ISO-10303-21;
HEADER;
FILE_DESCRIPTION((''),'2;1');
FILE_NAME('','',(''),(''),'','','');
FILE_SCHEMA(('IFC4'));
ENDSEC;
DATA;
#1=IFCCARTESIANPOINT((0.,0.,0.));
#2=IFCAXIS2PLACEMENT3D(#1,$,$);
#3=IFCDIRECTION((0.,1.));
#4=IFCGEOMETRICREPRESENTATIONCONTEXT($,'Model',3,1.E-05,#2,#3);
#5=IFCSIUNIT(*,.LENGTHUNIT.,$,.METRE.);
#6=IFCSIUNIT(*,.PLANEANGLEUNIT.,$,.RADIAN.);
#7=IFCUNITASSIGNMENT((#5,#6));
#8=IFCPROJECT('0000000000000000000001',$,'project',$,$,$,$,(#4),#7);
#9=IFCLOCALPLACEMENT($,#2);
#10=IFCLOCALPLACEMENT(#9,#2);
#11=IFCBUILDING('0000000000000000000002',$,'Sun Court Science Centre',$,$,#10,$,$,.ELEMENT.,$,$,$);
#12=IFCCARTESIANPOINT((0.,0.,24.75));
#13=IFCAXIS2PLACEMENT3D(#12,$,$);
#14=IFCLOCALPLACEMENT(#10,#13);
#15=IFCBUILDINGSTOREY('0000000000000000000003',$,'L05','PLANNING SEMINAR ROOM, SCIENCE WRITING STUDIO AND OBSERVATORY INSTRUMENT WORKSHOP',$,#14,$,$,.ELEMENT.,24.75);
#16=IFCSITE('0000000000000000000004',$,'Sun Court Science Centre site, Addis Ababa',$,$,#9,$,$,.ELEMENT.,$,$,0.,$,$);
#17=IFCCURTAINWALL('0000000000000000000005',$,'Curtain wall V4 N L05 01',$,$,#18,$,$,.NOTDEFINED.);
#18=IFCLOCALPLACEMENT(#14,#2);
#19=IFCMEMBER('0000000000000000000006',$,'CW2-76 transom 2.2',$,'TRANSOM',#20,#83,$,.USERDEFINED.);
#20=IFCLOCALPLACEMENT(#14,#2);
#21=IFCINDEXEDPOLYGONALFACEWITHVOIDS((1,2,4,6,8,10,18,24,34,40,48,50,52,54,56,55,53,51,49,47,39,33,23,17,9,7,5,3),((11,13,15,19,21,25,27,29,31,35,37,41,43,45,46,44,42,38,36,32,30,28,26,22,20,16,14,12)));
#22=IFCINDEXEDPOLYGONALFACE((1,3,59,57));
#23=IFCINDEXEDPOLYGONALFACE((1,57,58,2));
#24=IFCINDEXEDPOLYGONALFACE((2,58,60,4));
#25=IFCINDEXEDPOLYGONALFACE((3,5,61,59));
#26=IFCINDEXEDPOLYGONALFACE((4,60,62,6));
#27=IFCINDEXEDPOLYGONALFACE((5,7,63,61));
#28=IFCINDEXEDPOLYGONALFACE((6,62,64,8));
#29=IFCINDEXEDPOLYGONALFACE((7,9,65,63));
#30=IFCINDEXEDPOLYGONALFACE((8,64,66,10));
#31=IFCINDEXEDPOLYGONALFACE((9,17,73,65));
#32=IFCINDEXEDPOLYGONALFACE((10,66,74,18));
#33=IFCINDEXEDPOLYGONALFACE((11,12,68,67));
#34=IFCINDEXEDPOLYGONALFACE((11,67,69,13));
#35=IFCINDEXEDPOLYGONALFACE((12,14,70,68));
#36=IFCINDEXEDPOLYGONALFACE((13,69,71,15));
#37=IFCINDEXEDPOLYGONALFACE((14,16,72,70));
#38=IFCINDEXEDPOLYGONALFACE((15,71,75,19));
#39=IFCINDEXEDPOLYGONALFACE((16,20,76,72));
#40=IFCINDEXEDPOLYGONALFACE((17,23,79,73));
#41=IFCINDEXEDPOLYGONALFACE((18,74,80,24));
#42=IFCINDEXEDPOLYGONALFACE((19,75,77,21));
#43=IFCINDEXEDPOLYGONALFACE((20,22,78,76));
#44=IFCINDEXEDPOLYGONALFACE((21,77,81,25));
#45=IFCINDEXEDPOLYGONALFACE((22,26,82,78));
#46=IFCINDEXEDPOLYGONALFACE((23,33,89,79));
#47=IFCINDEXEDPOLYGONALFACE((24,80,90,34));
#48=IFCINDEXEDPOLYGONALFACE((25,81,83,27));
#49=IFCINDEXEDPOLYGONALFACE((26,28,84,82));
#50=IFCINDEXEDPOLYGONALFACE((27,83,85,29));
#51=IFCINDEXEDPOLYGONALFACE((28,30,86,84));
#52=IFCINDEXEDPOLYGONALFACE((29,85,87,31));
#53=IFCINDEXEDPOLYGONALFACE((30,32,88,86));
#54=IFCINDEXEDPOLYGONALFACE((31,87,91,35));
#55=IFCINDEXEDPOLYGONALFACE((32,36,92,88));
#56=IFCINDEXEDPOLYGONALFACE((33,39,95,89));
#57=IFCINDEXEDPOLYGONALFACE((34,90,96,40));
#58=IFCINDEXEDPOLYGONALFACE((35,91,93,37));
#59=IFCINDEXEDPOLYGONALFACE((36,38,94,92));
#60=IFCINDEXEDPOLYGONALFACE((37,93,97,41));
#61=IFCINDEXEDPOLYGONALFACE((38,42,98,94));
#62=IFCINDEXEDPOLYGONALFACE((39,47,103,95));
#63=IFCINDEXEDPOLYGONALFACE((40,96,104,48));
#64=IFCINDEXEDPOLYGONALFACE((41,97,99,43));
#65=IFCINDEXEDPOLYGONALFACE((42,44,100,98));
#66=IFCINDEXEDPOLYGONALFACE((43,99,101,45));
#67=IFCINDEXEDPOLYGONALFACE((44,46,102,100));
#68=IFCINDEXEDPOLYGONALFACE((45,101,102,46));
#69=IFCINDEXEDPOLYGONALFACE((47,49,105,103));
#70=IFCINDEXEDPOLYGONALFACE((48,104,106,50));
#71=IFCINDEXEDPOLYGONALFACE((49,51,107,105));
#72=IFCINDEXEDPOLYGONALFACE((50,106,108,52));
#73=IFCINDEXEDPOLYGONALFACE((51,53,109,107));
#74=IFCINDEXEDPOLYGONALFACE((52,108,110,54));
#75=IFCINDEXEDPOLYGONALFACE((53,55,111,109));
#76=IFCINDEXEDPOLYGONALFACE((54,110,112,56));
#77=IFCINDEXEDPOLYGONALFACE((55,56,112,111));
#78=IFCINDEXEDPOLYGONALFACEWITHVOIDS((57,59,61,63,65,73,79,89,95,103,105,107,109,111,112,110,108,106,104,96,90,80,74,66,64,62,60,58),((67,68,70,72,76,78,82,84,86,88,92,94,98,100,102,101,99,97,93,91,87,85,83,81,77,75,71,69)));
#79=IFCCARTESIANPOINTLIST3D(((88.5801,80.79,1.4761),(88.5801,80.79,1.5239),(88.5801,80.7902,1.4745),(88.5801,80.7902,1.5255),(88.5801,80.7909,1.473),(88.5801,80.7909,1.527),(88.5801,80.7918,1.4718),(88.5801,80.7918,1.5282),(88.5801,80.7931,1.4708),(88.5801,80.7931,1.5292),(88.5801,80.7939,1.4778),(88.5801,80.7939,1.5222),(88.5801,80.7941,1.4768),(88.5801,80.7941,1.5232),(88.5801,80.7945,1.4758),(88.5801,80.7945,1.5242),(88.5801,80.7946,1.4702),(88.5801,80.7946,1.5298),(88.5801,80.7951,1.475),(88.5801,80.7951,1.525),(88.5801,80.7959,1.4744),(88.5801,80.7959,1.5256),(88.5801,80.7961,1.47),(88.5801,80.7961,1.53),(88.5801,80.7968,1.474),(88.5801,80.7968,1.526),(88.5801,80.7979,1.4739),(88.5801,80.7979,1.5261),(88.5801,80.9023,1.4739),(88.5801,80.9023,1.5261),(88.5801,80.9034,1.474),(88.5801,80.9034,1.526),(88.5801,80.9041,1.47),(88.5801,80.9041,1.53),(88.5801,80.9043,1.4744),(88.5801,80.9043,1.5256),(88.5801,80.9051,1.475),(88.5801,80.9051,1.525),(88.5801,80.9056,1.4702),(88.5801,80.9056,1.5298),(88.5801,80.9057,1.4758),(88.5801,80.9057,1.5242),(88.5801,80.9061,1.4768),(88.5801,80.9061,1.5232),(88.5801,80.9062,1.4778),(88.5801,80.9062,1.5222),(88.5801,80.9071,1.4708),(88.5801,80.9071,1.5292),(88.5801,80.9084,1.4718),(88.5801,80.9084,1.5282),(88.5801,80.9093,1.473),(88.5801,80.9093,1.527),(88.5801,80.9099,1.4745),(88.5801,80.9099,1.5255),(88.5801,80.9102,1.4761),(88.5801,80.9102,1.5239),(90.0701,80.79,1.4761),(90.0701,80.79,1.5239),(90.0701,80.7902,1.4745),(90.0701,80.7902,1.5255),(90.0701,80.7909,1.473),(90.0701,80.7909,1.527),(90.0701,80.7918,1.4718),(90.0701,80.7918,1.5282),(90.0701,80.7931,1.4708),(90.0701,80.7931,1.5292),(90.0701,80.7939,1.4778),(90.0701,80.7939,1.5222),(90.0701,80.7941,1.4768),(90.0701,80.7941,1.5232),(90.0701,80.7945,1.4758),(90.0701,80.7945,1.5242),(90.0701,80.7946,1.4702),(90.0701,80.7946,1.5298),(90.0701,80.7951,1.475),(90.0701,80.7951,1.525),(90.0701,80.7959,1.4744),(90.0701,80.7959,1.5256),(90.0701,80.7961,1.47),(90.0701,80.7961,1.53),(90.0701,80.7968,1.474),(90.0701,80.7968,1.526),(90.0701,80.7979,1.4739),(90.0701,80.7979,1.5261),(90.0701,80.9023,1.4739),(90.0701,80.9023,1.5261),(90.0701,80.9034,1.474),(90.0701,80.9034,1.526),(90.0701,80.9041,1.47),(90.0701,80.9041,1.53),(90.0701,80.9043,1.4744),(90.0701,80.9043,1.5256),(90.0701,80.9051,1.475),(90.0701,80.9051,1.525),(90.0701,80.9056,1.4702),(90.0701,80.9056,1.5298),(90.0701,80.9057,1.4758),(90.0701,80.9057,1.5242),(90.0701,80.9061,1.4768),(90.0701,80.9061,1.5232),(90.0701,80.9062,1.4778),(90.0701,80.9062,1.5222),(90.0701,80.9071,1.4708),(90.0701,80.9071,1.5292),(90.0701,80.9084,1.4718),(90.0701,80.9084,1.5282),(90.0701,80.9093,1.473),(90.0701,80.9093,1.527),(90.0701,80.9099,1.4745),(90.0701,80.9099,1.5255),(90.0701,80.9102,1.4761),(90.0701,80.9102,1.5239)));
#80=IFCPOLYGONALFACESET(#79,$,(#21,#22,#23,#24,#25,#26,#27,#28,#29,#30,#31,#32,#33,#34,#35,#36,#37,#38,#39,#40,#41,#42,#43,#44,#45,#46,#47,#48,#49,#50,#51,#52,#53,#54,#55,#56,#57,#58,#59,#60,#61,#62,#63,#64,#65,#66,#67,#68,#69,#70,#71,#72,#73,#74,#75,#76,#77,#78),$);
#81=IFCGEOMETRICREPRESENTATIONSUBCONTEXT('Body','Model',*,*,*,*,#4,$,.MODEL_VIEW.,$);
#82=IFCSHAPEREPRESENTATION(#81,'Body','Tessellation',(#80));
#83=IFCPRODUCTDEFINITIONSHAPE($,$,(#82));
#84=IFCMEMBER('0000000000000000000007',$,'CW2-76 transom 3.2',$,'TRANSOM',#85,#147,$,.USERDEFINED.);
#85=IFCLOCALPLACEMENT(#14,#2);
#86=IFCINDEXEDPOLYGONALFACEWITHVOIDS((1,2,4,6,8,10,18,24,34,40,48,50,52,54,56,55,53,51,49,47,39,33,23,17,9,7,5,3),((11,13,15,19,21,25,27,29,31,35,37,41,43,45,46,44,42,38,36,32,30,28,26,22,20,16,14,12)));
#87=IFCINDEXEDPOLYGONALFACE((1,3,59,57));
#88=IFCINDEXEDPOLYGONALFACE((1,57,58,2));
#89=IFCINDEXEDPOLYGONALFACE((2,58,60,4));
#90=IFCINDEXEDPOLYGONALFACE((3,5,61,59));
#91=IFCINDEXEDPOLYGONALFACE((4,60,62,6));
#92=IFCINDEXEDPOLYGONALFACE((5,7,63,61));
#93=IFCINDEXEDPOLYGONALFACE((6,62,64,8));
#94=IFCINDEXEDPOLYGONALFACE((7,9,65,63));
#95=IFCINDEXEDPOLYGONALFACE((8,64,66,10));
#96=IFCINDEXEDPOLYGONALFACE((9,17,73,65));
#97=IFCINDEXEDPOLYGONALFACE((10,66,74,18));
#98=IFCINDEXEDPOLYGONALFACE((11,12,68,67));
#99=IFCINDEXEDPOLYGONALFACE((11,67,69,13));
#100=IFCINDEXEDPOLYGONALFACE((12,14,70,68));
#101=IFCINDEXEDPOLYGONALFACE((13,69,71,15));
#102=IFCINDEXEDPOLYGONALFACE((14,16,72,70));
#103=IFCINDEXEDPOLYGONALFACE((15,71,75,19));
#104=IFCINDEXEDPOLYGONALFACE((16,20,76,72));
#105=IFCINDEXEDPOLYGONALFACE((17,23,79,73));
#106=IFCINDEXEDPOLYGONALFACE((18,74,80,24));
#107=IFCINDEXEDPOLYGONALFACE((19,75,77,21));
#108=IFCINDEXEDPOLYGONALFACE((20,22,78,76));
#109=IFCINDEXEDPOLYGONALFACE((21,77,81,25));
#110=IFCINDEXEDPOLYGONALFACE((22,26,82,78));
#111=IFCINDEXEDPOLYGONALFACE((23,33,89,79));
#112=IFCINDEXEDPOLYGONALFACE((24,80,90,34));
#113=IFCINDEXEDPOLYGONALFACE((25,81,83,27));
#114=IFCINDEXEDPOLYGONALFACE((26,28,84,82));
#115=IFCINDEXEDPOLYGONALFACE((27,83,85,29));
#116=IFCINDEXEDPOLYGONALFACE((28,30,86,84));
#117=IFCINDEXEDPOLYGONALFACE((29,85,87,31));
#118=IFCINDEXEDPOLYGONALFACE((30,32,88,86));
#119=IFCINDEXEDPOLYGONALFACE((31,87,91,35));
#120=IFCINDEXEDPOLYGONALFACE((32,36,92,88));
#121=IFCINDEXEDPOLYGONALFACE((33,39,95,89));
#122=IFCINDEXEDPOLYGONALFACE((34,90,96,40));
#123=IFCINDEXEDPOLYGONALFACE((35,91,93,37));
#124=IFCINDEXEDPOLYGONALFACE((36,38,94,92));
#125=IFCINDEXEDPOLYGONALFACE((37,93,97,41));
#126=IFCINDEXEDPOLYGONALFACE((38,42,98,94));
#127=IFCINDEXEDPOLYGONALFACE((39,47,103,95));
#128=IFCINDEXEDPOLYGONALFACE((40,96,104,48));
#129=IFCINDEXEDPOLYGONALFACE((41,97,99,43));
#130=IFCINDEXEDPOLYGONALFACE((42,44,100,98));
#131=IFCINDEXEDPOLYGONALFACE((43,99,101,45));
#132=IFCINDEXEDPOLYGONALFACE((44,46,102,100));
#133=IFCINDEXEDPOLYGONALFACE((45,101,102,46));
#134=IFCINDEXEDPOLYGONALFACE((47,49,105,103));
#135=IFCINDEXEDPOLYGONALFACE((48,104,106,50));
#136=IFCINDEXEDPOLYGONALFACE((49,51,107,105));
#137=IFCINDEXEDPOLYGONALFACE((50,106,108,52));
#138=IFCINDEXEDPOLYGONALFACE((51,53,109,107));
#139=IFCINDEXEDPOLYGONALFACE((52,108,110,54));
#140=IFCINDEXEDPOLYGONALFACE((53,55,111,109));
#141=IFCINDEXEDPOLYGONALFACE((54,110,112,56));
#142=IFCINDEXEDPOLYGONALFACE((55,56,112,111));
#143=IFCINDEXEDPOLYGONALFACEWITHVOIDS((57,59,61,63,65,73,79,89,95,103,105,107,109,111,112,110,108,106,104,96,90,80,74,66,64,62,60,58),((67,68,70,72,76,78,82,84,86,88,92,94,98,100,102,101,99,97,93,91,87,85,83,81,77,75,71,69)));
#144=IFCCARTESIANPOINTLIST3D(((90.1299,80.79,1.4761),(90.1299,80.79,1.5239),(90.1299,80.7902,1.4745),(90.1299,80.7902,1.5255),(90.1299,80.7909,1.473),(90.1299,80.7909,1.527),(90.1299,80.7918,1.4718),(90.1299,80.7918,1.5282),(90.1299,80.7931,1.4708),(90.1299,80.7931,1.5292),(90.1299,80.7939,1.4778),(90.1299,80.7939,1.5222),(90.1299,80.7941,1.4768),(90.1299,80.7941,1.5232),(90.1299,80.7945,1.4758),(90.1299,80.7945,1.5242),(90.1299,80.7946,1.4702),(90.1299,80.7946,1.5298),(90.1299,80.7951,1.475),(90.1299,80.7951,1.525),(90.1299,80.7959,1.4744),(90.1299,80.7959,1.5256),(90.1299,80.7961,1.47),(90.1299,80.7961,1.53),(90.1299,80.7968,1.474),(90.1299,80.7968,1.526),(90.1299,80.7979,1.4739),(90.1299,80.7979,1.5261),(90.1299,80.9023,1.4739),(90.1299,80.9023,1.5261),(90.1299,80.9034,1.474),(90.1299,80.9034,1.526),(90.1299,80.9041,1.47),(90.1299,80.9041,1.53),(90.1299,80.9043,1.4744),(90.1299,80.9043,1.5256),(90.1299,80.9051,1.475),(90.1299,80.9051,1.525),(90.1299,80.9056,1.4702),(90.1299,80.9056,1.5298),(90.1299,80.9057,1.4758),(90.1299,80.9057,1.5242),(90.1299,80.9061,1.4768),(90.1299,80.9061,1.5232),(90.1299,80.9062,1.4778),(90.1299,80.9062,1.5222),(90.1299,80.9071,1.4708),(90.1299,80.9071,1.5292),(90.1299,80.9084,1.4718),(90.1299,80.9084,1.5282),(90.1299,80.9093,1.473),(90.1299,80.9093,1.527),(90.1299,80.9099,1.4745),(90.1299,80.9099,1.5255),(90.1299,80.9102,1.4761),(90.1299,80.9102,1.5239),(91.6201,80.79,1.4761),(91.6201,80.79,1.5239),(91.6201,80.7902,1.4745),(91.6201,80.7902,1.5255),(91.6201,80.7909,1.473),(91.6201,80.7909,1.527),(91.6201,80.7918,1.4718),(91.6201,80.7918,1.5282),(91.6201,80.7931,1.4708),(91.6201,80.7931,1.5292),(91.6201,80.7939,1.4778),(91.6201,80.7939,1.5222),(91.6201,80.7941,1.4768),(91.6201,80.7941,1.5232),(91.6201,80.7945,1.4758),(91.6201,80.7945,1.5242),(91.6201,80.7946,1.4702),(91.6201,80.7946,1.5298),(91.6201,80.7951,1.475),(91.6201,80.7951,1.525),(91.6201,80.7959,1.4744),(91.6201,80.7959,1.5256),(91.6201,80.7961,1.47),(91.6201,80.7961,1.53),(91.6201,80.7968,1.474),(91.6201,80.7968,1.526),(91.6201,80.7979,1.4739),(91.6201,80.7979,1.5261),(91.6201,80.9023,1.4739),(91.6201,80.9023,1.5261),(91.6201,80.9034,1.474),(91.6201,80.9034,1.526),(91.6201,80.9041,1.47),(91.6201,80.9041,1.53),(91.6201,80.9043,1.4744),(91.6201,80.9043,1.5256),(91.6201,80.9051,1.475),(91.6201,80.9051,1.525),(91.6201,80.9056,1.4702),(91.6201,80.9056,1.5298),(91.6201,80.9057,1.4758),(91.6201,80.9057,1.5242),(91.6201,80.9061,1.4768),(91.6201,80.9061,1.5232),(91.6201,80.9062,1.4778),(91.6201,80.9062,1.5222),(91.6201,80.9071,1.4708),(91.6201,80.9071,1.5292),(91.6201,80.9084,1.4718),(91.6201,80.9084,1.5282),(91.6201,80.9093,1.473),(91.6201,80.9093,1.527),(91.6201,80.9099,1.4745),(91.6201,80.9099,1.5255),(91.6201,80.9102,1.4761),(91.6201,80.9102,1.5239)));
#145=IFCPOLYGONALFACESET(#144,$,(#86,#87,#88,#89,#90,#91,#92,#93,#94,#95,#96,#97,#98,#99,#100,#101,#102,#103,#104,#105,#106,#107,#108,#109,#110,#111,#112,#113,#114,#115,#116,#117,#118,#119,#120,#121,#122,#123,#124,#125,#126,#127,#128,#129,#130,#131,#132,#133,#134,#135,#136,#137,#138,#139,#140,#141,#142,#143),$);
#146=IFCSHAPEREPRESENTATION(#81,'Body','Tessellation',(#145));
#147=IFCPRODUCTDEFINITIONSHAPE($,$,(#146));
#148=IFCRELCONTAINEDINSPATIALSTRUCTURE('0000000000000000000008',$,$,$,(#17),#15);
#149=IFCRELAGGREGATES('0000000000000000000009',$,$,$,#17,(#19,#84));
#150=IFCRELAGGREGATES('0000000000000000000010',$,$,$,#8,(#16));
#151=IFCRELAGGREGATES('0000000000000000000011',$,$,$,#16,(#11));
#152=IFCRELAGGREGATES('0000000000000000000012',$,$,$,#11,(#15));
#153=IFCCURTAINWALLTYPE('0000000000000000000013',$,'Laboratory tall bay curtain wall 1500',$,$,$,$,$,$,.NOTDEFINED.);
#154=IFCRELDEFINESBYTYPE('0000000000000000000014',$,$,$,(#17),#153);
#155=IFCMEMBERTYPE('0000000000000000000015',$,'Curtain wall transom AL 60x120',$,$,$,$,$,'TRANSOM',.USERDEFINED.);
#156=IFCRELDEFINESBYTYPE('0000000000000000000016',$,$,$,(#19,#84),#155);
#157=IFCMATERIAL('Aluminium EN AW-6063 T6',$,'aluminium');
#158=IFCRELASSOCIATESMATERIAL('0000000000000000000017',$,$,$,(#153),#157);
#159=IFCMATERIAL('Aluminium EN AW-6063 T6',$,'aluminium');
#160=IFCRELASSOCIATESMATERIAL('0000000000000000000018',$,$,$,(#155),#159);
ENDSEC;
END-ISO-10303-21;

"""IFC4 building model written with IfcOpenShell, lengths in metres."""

from ifc_helpers import new_model, si_unit, direction, frame, origin, origin_2d, place, context, subcontext, project, spatial, hollow_rectangle, extrude, material, material_profile, profile_set, type_object, element, aggregate, save


model = new_model("IFC4")

# Units and contexts
model_context = context("Model", 3, precision=1e-05, world=origin(), true_north=direction((0.0, 1.0)))
body_context = subcontext(model_context, "Body", "Model", "MODEL_VIEW")
ifc_project = project(units=[si_unit("LENGTHUNIT", "METRE"), si_unit("PLANEANGLEUNIT", "RADIAN")], contexts=[model_context])

# Site, building, storey
site_placement = place(None, origin())
site = spatial("IfcSite", under=ifc_project, at=site_placement, Name="Sun Court Science Centre site, Addis Ababa", CompositionType="ELEMENT", RefElevation=0.0)
building_placement = place(site_placement, origin())
building = spatial("IfcBuilding", under=site, at=building_placement, Name="Sun Court Science Centre", CompositionType="ELEMENT")
storey_placement = place(building_placement, frame((0.0, 0.0, 24.75)))
storey = spatial("IfcBuildingStorey", under=building, at=storey_placement, Name="L05", Description="PLANNING SEMINAR ROOM, SCIENCE WRITING STUDIO AND OBSERVATORY INSTRUMENT WORKSHOP", CompositionType="ELEMENT", Elevation=24.75)

# Curtain wall, members
ifc_material_1 = material(Name="Aluminium EN AW-6063 T6", Category="aluminium")
curtain_wall_type = type_object("IfcCurtainWallType", Name="Laboratory tall bay curtain wall 1500", PredefinedType="NOTDEFINED", material=ifc_material_1)
curtain_wall_placement = place(storey_placement, origin())
curtain_wall = element("IfcCurtainWall", 1, at=curtain_wall_placement, inside=storey, type_object=curtain_wall_type, Name="Curtain wall V4 N L05 01", PredefinedType="NOTDEFINED")
ifc_material_2 = material(Name="Aluminium EN AW-6063 T6", Category="aluminium")
ifc_material_profile_1 = material_profile(ifc_material_2, hollow_rectangle(XDim=0.0601, YDim=0.1201, WallThickness=0.0039, InnerFilletRadius=0.0039, OuterFilletRadius=0.0061, at=origin_2d()), Name="AL 60x120x4")
ifc_profile_set_1 = profile_set([ifc_material_profile_1], Name="Aluminium EN AW-6063 T6")
member_type_1 = type_object("IfcMemberType", Name="Curtain wall transom AL 60x120", ElementType="TRANSOM", PredefinedType="USERDEFINED", material=ifc_profile_set_1)
member_1_placement = place(storey_placement, frame((88.5801, 80.8501, 1.5), z_axis=(1.0, 0.0, 0.0), x_axis=(0.0, 0.0, 1.0)))
member_1 = element("IfcMember", 2, at=member_1_placement, type_object=member_type_1, Name="CW2-76 transom 2.2", ObjectType="TRANSOM", PredefinedType="USERDEFINED", context=body_context, shape_type="SweptSolid", body=[
    extrude(hollow_rectangle(XDim=0.0601, YDim=0.1201, WallThickness=0.0039, InnerFilletRadius=0.0039, OuterFilletRadius=0.0061, at=origin_2d()), origin(), (0.0, 0.0, 1.0), 1.49),
])
member_2_placement = place(storey_placement, frame((90.1299, 80.8501, 1.5), z_axis=(1.0, 0.0, 0.0), x_axis=(0.0, 0.0, 1.0)))
member_2 = element("IfcMember", 3, at=member_2_placement, type_object=member_type_1, Name="CW2-76 transom 3.2", ObjectType="TRANSOM", PredefinedType="USERDEFINED", context=body_context, shape_type="SweptSolid", body=[
    extrude(hollow_rectangle(XDim=0.0601, YDim=0.1201, WallThickness=0.0039, InnerFilletRadius=0.0039, OuterFilletRadius=0.0061, at=origin_2d()), origin(), (0.0, 0.0, 1.0), 1.4902),
])

aggregate(curtain_wall, [member_1, member_2])

save(model, "model.ifc")
